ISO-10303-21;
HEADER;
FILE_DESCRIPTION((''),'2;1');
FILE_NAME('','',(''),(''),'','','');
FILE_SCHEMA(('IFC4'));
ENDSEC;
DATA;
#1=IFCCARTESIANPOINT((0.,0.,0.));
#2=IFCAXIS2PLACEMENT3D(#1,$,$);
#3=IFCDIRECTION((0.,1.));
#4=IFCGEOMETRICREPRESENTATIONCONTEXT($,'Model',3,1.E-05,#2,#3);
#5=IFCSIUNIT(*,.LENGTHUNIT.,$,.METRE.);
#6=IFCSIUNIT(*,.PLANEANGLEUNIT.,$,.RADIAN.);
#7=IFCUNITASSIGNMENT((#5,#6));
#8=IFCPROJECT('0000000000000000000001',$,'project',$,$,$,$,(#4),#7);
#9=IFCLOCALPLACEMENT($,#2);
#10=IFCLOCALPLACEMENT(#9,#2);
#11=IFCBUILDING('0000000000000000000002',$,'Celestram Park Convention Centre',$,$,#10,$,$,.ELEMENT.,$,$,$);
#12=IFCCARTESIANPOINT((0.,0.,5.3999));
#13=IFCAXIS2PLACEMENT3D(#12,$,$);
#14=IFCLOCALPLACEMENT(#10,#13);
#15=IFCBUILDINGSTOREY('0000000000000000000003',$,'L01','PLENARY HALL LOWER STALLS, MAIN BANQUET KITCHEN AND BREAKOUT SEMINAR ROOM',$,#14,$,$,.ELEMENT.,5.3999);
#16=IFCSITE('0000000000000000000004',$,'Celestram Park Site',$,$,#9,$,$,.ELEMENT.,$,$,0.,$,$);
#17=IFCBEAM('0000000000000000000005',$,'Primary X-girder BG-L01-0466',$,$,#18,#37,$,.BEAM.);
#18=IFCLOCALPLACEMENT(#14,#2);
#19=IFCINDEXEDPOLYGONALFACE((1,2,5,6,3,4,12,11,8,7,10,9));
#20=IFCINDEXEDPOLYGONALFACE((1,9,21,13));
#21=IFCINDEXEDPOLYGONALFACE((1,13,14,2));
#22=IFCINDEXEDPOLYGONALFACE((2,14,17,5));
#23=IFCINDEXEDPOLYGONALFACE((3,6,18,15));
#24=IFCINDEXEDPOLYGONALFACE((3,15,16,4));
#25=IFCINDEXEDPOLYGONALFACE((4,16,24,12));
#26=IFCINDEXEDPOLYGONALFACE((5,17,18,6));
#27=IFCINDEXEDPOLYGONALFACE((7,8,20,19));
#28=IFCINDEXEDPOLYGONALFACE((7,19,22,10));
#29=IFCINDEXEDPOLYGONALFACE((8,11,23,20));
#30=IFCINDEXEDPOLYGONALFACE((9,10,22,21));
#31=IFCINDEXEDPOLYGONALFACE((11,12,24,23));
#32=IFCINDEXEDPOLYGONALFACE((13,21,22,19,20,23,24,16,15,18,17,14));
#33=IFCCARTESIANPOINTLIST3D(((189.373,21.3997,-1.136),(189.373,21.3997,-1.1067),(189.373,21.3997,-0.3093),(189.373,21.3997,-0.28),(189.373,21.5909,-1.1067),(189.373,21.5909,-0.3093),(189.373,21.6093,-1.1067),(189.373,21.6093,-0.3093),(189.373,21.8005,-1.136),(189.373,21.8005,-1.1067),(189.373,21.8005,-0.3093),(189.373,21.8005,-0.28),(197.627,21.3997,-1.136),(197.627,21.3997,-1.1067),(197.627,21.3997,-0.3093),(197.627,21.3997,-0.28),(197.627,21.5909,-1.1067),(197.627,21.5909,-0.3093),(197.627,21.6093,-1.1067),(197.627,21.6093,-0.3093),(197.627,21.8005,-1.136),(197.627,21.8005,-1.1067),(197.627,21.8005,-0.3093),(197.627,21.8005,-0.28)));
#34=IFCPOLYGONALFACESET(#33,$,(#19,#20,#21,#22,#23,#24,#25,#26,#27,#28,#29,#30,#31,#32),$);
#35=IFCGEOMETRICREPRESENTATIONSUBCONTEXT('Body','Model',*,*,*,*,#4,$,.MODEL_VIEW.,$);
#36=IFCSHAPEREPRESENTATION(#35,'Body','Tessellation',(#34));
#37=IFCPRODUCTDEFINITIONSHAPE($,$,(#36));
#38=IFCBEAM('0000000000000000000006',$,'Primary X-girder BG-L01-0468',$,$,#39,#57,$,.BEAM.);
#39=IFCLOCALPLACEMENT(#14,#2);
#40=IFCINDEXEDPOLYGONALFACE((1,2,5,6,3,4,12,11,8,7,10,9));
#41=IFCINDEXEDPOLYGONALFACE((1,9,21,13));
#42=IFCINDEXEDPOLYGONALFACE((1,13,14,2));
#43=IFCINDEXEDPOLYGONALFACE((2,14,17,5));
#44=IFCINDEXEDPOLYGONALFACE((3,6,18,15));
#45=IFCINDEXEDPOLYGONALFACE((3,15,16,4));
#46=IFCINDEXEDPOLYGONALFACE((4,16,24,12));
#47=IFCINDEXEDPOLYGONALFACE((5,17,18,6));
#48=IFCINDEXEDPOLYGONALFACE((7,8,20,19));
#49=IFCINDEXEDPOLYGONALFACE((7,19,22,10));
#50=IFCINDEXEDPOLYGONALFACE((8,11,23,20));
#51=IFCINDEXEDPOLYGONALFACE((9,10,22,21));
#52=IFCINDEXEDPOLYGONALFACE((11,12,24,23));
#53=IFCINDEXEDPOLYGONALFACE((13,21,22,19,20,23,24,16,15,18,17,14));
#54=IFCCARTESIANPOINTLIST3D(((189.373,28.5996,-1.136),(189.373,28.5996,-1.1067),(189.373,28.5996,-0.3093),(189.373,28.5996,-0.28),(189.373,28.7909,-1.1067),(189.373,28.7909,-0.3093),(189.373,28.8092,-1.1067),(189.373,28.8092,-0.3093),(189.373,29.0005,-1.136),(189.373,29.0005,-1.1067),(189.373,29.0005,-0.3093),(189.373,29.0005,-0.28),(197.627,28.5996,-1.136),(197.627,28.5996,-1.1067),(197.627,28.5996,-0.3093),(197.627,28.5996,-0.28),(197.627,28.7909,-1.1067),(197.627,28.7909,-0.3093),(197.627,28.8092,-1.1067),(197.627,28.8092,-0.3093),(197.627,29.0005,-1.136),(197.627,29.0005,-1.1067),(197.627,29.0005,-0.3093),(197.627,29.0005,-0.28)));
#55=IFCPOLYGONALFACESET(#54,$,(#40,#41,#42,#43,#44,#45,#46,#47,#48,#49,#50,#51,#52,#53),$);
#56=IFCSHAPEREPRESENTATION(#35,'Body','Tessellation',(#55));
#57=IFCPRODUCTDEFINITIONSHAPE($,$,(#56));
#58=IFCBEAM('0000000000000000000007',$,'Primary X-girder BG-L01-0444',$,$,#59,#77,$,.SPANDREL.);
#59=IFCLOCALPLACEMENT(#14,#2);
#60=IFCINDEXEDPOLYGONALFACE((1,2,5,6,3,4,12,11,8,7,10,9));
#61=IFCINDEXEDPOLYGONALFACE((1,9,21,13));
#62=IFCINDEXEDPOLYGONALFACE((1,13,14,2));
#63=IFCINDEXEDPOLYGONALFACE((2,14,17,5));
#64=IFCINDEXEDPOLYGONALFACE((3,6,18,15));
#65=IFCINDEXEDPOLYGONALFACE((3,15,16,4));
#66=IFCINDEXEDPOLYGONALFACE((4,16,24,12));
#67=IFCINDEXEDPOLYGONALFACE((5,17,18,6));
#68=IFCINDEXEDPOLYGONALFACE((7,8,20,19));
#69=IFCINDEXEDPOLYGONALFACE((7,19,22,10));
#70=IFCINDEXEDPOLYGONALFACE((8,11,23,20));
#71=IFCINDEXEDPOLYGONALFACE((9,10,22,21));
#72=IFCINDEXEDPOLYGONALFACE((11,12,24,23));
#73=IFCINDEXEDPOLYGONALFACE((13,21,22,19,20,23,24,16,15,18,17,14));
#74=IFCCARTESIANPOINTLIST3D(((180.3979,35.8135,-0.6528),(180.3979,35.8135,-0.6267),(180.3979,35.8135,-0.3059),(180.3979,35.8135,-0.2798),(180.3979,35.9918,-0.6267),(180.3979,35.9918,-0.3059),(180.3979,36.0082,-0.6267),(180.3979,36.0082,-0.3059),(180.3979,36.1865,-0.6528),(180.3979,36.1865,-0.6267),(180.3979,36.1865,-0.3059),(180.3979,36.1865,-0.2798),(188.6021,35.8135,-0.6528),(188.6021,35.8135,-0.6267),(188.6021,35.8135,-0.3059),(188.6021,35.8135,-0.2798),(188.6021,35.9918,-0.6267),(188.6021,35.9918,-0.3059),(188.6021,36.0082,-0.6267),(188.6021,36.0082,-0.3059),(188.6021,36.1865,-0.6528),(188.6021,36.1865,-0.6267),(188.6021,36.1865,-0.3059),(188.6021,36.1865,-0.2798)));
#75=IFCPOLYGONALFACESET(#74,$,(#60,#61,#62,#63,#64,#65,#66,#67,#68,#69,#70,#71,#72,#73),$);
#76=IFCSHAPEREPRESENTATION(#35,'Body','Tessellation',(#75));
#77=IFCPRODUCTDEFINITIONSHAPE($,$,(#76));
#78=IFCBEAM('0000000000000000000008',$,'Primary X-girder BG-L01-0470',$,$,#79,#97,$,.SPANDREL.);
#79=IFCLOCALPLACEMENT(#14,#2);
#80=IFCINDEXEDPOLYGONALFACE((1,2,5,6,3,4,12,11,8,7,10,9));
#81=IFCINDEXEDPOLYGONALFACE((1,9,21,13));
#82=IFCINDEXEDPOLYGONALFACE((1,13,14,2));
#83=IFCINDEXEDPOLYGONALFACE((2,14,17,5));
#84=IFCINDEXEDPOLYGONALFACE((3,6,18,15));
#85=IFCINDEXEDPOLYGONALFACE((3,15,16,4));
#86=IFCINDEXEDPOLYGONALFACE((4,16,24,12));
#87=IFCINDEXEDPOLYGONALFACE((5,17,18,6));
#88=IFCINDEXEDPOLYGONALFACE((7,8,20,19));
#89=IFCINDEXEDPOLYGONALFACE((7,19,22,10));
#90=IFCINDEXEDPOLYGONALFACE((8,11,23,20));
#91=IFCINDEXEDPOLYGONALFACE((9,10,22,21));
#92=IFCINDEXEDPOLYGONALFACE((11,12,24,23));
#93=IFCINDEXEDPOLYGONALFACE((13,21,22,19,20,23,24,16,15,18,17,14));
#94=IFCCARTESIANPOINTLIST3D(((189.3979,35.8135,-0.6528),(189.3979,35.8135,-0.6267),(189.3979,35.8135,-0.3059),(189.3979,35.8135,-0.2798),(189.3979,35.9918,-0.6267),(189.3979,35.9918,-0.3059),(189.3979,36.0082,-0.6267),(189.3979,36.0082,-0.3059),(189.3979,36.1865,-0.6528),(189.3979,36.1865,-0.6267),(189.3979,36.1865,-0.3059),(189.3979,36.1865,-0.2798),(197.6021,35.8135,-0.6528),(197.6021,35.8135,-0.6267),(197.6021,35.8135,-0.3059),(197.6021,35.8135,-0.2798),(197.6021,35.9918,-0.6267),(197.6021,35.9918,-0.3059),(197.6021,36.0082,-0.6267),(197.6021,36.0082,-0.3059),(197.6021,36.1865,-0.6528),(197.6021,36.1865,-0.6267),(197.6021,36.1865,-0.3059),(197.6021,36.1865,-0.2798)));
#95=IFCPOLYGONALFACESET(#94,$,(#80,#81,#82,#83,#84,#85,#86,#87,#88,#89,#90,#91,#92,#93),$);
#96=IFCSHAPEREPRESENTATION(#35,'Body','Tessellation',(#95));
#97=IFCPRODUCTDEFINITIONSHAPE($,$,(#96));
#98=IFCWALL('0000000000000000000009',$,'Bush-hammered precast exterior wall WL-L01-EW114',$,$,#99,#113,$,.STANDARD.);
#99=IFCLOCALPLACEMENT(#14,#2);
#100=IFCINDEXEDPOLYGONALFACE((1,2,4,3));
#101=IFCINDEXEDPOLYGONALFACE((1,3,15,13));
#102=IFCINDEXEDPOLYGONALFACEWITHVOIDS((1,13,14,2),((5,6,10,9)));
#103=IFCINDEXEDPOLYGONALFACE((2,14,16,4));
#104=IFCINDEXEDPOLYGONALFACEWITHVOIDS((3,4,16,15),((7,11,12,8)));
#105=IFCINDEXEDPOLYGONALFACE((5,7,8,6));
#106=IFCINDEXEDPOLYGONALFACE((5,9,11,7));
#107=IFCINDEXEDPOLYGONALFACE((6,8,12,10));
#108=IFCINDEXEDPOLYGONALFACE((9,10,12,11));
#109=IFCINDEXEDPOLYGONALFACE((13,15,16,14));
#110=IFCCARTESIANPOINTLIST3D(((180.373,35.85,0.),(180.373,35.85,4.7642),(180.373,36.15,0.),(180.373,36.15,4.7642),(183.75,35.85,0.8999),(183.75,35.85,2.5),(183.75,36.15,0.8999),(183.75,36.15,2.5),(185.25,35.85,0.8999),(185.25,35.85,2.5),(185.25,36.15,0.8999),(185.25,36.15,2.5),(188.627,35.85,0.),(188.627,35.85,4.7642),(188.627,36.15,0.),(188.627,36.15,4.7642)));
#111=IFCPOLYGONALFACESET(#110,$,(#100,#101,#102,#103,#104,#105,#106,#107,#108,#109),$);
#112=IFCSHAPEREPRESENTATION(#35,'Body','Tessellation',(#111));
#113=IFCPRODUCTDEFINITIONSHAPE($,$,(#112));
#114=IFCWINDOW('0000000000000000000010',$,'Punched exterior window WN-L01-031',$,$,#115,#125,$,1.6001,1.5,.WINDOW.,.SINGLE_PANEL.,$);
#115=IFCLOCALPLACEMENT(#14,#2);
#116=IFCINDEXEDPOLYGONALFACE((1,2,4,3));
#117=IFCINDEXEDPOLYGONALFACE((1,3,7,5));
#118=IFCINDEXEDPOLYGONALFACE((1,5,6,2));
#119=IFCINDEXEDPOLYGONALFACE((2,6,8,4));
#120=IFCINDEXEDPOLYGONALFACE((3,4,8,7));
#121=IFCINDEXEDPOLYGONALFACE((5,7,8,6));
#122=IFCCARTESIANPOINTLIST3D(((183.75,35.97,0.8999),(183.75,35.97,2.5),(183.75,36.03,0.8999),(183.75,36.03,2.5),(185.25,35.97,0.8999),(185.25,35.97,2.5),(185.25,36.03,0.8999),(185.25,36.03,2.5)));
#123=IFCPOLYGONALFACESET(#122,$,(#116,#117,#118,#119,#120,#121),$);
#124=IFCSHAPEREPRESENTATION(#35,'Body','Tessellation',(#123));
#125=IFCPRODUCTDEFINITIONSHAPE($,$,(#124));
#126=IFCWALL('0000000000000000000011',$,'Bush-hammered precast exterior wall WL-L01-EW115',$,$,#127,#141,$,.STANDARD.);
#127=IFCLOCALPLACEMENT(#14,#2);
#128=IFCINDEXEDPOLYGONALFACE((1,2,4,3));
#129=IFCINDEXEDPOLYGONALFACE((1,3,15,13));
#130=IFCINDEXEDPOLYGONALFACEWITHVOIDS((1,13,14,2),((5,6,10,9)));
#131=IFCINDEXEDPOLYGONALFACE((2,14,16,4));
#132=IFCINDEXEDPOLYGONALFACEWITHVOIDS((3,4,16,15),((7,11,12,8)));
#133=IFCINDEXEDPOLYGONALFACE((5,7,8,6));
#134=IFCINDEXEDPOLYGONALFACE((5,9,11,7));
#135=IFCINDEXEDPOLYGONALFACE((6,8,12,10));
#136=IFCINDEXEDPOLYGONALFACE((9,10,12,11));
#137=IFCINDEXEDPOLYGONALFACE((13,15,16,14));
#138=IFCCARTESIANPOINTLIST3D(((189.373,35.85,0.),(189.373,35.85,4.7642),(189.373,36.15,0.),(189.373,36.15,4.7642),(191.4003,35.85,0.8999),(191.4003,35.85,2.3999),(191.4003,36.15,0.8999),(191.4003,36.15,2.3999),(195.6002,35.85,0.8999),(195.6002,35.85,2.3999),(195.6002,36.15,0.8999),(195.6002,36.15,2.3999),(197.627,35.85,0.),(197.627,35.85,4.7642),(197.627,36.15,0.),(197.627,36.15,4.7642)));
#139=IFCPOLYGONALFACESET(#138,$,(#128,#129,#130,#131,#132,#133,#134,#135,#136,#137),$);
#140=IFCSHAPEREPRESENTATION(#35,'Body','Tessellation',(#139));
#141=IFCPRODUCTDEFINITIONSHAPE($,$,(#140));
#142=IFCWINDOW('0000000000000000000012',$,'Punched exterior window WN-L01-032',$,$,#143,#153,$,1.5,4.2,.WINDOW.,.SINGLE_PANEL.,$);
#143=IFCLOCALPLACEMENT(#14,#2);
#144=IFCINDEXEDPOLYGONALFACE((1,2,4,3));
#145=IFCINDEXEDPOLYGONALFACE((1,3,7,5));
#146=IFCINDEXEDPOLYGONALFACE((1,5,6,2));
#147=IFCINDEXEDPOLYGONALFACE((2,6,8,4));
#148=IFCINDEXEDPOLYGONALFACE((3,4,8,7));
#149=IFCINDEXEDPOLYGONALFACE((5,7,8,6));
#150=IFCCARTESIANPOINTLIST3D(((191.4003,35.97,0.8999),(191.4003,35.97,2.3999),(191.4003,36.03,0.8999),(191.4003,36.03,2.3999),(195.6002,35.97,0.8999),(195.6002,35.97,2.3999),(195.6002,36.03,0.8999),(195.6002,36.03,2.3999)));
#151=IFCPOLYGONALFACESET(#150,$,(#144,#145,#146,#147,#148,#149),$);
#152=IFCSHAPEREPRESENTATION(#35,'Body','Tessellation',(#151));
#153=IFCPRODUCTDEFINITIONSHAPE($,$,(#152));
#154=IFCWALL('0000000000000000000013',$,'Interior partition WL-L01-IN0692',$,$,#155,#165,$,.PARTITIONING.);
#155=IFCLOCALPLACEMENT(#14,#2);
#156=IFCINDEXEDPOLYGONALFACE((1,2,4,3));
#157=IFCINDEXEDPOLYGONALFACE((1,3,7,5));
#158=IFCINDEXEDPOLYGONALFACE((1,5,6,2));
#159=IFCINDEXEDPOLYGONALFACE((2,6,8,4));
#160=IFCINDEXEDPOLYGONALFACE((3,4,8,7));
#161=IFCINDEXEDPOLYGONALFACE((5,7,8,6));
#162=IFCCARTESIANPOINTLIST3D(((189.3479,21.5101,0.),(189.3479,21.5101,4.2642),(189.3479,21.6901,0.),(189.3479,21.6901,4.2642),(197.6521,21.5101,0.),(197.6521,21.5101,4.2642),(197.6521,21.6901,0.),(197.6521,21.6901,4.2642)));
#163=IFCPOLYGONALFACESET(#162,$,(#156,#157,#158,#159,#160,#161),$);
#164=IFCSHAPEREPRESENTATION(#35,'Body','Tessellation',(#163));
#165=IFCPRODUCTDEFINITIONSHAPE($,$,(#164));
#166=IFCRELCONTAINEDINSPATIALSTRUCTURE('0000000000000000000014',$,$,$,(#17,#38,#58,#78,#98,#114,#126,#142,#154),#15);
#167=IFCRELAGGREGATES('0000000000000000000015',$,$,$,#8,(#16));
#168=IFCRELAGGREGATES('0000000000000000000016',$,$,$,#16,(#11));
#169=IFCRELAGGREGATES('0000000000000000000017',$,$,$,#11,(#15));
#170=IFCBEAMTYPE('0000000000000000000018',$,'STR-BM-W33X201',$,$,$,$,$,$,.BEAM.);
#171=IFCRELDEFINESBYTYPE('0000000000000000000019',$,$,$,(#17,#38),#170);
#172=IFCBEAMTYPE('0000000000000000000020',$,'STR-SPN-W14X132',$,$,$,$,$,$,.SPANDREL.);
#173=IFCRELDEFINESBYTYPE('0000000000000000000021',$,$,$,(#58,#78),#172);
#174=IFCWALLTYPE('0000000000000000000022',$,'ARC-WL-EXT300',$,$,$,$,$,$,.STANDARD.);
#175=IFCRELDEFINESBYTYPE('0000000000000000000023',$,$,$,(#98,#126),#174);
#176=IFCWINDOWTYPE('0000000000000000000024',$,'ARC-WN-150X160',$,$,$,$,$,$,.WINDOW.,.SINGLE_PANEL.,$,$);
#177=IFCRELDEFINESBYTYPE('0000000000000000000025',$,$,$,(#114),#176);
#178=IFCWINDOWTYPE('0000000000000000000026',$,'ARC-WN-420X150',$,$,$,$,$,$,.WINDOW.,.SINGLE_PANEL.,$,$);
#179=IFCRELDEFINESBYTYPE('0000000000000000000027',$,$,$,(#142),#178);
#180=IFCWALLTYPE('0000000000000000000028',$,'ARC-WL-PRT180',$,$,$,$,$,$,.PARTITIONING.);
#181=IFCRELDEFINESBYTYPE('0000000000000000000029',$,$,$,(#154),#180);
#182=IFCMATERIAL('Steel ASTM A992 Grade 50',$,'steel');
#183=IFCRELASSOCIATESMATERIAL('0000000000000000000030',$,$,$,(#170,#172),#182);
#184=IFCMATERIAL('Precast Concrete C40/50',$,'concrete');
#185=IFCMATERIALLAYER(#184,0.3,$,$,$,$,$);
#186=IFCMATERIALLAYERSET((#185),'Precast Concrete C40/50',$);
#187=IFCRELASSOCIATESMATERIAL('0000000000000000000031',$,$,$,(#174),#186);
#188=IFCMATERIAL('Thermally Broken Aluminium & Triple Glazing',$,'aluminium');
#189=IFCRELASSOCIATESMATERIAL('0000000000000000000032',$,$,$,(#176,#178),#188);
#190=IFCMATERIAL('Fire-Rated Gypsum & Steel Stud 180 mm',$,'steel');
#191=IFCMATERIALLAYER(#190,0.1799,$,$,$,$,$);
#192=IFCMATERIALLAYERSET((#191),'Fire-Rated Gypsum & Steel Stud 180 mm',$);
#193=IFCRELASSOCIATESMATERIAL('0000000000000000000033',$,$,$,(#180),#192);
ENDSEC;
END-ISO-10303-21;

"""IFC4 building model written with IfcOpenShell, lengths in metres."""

from ifc_helpers import new_model, si_unit, direction, frame, frame_2d, origin, origin_2d, place, context, subcontext, project, spatial, rectangle, i_section, extrude, material, layer, layer_set, material_profile, profile_set, type_object, element, fill, save


model = new_model("IFC4")

# Units and contexts
model_context = context("Model", 3, precision=1e-05, world=origin(), true_north=direction((0.0, 1.0)))
body_context = subcontext(model_context, "Body", "Model", "MODEL_VIEW")
ifc_project = project(units=[si_unit("LENGTHUNIT", "METRE"), si_unit("PLANEANGLEUNIT", "RADIAN")], contexts=[model_context])

# Site, building, storey
site_placement = place(None, origin())
site = spatial("IfcSite", under=ifc_project, at=site_placement, Name="Celestram Park Site", CompositionType="ELEMENT", RefElevation=0.0)
building_placement = place(site_placement, origin())
building = spatial("IfcBuilding", under=site, at=building_placement, Name="Celestram Park Convention Centre", CompositionType="ELEMENT")
storey_placement = place(building_placement, frame((0.0, 0.0, 5.3999)))
storey = spatial("IfcBuildingStorey", under=building, at=storey_placement, Name="L01", Description="PLENARY HALL LOWER STALLS, MAIN BANQUET KITCHEN AND BREAKOUT SEMINAR ROOM", CompositionType="ELEMENT", Elevation=5.3999)

# Beams
ifc_material_1 = material(Name="Steel ASTM A992 Grade 50", Category="steel")
ifc_material_profile_1 = material_profile(ifc_material_1, i_section(OverallWidth=0.4009, OverallDepth=0.856, WebThickness=0.0183, FlangeThickness=0.0293, at=origin_2d()), Name="W33X201")
ifc_profile_set_1 = profile_set([ifc_material_profile_1], Name="Steel ASTM A992 Grade 50")
beam_type_1 = type_object("IfcBeamType", Name="STR-BM-W33X201", PredefinedType="BEAM", material=ifc_profile_set_1)
for number, where, z_axis, x_axis, name in (
    (1, (189.373, 21.6001, -0.708), (1.0, 0.0, 0.0), (0.0, 1.0, 0.0), "Primary X-girder BG-L01-0466"),
    (2, (189.373, 28.8, -0.708), (1.0, 0.0, 0.0), (0.0, 1.0, 0.0), "Primary X-girder BG-L01-0468"),
):
    element("IfcBeam", number, at=place(storey_placement, frame(where, z_axis=z_axis, x_axis=x_axis)), inside=storey, type_object=beam_type_1, Name=name, PredefinedType="BEAM", context=body_context, shape_type="SweptSolid", body=[
        extrude(i_section(OverallWidth=0.4009, OverallDepth=0.856, WebThickness=0.0183, FlangeThickness=0.0293, at=origin_2d()), origin(), (0.0, 0.0, 1.0), 8.2539),
    ])
ifc_material_profile_2 = material_profile(ifc_material_1, i_section(OverallWidth=0.373, OverallDepth=0.373, WebThickness=0.0164, FlangeThickness=0.0261, at=origin_2d()), Name="W14X132")
ifc_profile_set_2 = profile_set([ifc_material_profile_2], Name="Steel ASTM A992 Grade 50")
beam_type_2 = type_object("IfcBeamType", Name="STR-SPN-W14X132", PredefinedType="SPANDREL", material=ifc_profile_set_2)
for number, where, z_axis, x_axis, name in (
    (3, (180.3979, 36.0, -0.4663), (1.0, 0.0, 0.0), (0.0, 1.0, 0.0), "Primary X-girder BG-L01-0444"),
    (4, (189.3979, 36.0, -0.4663), (1.0, 0.0, 0.0), (0.0, 1.0, 0.0), "Primary X-girder BG-L01-0470"),
):
    element("IfcBeam", number, at=place(storey_placement, frame(where, z_axis=z_axis, x_axis=x_axis)), inside=storey, type_object=beam_type_2, Name=name, PredefinedType="SPANDREL", context=body_context, shape_type="SweptSolid", body=[
        extrude(i_section(OverallWidth=0.373, OverallDepth=0.373, WebThickness=0.0164, FlangeThickness=0.0261, at=origin_2d()), origin(), (0.0, 0.0, 1.0), 8.2041),
    ])

# Walls, openings, windows
ifc_material_2 = material(Name="Precast Concrete C40/50", Category="concrete")
ifc_layer_1 = layer(ifc_material_2, 0.3)
ifc_layer_set_1 = layer_set([ifc_layer_1], Name="Precast Concrete C40/50")
wall_type_1 = type_object("IfcWallType", Name="ARC-WL-EXT300", PredefinedType="STANDARD", material=ifc_layer_set_1)
wall_1_placement = place(storey_placement, frame((180.373, 36.0, 0.0), z_axis=(0.0, 0.0, 1.0), x_axis=(1.0, 0.0, 0.0)))
wall_1 = element("IfcWall", 5, at=wall_1_placement, inside=storey, type_object=wall_type_1, Name="Bush-hammered precast exterior wall WL-L01-EW114", PredefinedType="STANDARD", context=body_context, shape_type="SweptSolid", body=[
    extrude(rectangle(XDim=8.2539, YDim=0.3, at=frame_2d((4.127, 0.0))), origin(), (0.0, 0.0, 1.0), 4.7642),
])
opening_1_placement = place(wall_1_placement, frame((3.377, 0.0, 0.8999)))
opening_1 = element("IfcOpeningElement", 6, at=opening_1_placement, cuts=wall_1, PredefinedType="OPENING", context=body_context, shape_type="SweptSolid", body=[
    extrude(rectangle(XDim=1.5, YDim=1.6001, at=frame_2d((0.75, 0.8))), frame((0.0, 0.1599, 0.0), z_axis=(0.0, -1.0, 0.0), x_axis=(1.0, 0.0, 0.0)), (0.0, 0.0, 1.0), 0.3201),
])
ifc_material_3 = material(Name="Thermally Broken Aluminium & Triple Glazing", Category="aluminium")
window_type_1 = type_object("IfcWindowType", Name="ARC-WN-150X160", PartitioningType="SINGLE_PANEL", PredefinedType="WINDOW", material=ifc_material_3)
window_1_placement = place(opening_1_placement, origin())
window_1 = element("IfcWindow", 7, at=window_1_placement, inside=storey, type_object=window_type_1, Name="Punched exterior window WN-L01-031", OverallHeight=1.6001, OverallWidth=1.5, PartitioningType="SINGLE_PANEL", PredefinedType="WINDOW", context=body_context, shape_type="SweptSolid", body=[
    extrude(rectangle(XDim=1.5, YDim=1.6001, at=frame_2d((0.75, 0.8))), frame((0.0, 0.03, 0.0), z_axis=(0.0, -1.0, 0.0), x_axis=(1.0, 0.0, 0.0)), (0.0, 0.0, 1.0), 0.0601),
])
fill(opening_1, window_1)
wall_2_placement = place(storey_placement, frame((189.373, 36.0, 0.0), z_axis=(0.0, 0.0, 1.0), x_axis=(1.0, 0.0, 0.0)))
wall_2 = element("IfcWall", 8, at=wall_2_placement, inside=storey, type_object=wall_type_1, Name="Bush-hammered precast exterior wall WL-L01-EW115", PredefinedType="STANDARD", context=body_context, shape_type="SweptSolid", body=[
    extrude(rectangle(XDim=8.2539, YDim=0.3, at=frame_2d((4.127, 0.0))), origin(), (0.0, 0.0, 1.0), 4.7642),
])
opening_2_placement = place(wall_2_placement, frame((2.0271, 0.0, 0.8999)))
opening_2 = element("IfcOpeningElement", 9, at=opening_2_placement, cuts=wall_2, PredefinedType="OPENING", context=body_context, shape_type="SweptSolid", body=[
    extrude(rectangle(XDim=4.2, YDim=1.5, at=frame_2d((2.1001, 0.75))), frame((0.0, 0.1599, 0.0), z_axis=(0.0, -1.0, 0.0), x_axis=(1.0, 0.0, 0.0)), (0.0, 0.0, 1.0), 0.3201),
])
window_type_2 = type_object("IfcWindowType", Name="ARC-WN-420X150", PartitioningType="SINGLE_PANEL", PredefinedType="WINDOW", material=ifc_material_3)
window_2_placement = place(opening_2_placement, origin())
window_2 = element("IfcWindow", 10, at=window_2_placement, inside=storey, type_object=window_type_2, Name="Punched exterior window WN-L01-032", OverallHeight=1.5, OverallWidth=4.2, PartitioningType="SINGLE_PANEL", PredefinedType="WINDOW", context=body_context, shape_type="SweptSolid", body=[
    extrude(rectangle(XDim=4.2, YDim=1.5, at=frame_2d((2.1001, 0.75))), frame((0.0, 0.03, 0.0), z_axis=(0.0, -1.0, 0.0), x_axis=(1.0, 0.0, 0.0)), (0.0, 0.0, 1.0), 0.0601),
])
fill(opening_2, window_2)

# Wall
ifc_material_4 = material(Name="Fire-Rated Gypsum & Steel Stud 180 mm", Category="steel")
ifc_layer_2 = layer(ifc_material_4, 0.1799)
ifc_layer_set_2 = layer_set([ifc_layer_2], Name="Fire-Rated Gypsum & Steel Stud 180 mm")
wall_type_2 = type_object("IfcWallType", Name="ARC-WL-PRT180", PredefinedType="PARTITIONING", material=ifc_layer_set_2)
wall_3_placement = place(storey_placement, frame((189.3479, 21.6001, 0.0), z_axis=(0.0, 0.0, 1.0), x_axis=(1.0, 0.0, 0.0)))
element("IfcWall", 11, at=wall_3_placement, inside=storey, type_object=wall_type_2, Name="Interior partition WL-L01-IN0692", PredefinedType="PARTITIONING", context=body_context, shape_type="SweptSolid", body=[
    extrude(rectangle(XDim=8.3042, YDim=0.1799, at=frame_2d((4.1521, 0.0))), origin(), (0.0, 0.0, 1.0), 4.2642),
])

save(model, "model.ifc")
